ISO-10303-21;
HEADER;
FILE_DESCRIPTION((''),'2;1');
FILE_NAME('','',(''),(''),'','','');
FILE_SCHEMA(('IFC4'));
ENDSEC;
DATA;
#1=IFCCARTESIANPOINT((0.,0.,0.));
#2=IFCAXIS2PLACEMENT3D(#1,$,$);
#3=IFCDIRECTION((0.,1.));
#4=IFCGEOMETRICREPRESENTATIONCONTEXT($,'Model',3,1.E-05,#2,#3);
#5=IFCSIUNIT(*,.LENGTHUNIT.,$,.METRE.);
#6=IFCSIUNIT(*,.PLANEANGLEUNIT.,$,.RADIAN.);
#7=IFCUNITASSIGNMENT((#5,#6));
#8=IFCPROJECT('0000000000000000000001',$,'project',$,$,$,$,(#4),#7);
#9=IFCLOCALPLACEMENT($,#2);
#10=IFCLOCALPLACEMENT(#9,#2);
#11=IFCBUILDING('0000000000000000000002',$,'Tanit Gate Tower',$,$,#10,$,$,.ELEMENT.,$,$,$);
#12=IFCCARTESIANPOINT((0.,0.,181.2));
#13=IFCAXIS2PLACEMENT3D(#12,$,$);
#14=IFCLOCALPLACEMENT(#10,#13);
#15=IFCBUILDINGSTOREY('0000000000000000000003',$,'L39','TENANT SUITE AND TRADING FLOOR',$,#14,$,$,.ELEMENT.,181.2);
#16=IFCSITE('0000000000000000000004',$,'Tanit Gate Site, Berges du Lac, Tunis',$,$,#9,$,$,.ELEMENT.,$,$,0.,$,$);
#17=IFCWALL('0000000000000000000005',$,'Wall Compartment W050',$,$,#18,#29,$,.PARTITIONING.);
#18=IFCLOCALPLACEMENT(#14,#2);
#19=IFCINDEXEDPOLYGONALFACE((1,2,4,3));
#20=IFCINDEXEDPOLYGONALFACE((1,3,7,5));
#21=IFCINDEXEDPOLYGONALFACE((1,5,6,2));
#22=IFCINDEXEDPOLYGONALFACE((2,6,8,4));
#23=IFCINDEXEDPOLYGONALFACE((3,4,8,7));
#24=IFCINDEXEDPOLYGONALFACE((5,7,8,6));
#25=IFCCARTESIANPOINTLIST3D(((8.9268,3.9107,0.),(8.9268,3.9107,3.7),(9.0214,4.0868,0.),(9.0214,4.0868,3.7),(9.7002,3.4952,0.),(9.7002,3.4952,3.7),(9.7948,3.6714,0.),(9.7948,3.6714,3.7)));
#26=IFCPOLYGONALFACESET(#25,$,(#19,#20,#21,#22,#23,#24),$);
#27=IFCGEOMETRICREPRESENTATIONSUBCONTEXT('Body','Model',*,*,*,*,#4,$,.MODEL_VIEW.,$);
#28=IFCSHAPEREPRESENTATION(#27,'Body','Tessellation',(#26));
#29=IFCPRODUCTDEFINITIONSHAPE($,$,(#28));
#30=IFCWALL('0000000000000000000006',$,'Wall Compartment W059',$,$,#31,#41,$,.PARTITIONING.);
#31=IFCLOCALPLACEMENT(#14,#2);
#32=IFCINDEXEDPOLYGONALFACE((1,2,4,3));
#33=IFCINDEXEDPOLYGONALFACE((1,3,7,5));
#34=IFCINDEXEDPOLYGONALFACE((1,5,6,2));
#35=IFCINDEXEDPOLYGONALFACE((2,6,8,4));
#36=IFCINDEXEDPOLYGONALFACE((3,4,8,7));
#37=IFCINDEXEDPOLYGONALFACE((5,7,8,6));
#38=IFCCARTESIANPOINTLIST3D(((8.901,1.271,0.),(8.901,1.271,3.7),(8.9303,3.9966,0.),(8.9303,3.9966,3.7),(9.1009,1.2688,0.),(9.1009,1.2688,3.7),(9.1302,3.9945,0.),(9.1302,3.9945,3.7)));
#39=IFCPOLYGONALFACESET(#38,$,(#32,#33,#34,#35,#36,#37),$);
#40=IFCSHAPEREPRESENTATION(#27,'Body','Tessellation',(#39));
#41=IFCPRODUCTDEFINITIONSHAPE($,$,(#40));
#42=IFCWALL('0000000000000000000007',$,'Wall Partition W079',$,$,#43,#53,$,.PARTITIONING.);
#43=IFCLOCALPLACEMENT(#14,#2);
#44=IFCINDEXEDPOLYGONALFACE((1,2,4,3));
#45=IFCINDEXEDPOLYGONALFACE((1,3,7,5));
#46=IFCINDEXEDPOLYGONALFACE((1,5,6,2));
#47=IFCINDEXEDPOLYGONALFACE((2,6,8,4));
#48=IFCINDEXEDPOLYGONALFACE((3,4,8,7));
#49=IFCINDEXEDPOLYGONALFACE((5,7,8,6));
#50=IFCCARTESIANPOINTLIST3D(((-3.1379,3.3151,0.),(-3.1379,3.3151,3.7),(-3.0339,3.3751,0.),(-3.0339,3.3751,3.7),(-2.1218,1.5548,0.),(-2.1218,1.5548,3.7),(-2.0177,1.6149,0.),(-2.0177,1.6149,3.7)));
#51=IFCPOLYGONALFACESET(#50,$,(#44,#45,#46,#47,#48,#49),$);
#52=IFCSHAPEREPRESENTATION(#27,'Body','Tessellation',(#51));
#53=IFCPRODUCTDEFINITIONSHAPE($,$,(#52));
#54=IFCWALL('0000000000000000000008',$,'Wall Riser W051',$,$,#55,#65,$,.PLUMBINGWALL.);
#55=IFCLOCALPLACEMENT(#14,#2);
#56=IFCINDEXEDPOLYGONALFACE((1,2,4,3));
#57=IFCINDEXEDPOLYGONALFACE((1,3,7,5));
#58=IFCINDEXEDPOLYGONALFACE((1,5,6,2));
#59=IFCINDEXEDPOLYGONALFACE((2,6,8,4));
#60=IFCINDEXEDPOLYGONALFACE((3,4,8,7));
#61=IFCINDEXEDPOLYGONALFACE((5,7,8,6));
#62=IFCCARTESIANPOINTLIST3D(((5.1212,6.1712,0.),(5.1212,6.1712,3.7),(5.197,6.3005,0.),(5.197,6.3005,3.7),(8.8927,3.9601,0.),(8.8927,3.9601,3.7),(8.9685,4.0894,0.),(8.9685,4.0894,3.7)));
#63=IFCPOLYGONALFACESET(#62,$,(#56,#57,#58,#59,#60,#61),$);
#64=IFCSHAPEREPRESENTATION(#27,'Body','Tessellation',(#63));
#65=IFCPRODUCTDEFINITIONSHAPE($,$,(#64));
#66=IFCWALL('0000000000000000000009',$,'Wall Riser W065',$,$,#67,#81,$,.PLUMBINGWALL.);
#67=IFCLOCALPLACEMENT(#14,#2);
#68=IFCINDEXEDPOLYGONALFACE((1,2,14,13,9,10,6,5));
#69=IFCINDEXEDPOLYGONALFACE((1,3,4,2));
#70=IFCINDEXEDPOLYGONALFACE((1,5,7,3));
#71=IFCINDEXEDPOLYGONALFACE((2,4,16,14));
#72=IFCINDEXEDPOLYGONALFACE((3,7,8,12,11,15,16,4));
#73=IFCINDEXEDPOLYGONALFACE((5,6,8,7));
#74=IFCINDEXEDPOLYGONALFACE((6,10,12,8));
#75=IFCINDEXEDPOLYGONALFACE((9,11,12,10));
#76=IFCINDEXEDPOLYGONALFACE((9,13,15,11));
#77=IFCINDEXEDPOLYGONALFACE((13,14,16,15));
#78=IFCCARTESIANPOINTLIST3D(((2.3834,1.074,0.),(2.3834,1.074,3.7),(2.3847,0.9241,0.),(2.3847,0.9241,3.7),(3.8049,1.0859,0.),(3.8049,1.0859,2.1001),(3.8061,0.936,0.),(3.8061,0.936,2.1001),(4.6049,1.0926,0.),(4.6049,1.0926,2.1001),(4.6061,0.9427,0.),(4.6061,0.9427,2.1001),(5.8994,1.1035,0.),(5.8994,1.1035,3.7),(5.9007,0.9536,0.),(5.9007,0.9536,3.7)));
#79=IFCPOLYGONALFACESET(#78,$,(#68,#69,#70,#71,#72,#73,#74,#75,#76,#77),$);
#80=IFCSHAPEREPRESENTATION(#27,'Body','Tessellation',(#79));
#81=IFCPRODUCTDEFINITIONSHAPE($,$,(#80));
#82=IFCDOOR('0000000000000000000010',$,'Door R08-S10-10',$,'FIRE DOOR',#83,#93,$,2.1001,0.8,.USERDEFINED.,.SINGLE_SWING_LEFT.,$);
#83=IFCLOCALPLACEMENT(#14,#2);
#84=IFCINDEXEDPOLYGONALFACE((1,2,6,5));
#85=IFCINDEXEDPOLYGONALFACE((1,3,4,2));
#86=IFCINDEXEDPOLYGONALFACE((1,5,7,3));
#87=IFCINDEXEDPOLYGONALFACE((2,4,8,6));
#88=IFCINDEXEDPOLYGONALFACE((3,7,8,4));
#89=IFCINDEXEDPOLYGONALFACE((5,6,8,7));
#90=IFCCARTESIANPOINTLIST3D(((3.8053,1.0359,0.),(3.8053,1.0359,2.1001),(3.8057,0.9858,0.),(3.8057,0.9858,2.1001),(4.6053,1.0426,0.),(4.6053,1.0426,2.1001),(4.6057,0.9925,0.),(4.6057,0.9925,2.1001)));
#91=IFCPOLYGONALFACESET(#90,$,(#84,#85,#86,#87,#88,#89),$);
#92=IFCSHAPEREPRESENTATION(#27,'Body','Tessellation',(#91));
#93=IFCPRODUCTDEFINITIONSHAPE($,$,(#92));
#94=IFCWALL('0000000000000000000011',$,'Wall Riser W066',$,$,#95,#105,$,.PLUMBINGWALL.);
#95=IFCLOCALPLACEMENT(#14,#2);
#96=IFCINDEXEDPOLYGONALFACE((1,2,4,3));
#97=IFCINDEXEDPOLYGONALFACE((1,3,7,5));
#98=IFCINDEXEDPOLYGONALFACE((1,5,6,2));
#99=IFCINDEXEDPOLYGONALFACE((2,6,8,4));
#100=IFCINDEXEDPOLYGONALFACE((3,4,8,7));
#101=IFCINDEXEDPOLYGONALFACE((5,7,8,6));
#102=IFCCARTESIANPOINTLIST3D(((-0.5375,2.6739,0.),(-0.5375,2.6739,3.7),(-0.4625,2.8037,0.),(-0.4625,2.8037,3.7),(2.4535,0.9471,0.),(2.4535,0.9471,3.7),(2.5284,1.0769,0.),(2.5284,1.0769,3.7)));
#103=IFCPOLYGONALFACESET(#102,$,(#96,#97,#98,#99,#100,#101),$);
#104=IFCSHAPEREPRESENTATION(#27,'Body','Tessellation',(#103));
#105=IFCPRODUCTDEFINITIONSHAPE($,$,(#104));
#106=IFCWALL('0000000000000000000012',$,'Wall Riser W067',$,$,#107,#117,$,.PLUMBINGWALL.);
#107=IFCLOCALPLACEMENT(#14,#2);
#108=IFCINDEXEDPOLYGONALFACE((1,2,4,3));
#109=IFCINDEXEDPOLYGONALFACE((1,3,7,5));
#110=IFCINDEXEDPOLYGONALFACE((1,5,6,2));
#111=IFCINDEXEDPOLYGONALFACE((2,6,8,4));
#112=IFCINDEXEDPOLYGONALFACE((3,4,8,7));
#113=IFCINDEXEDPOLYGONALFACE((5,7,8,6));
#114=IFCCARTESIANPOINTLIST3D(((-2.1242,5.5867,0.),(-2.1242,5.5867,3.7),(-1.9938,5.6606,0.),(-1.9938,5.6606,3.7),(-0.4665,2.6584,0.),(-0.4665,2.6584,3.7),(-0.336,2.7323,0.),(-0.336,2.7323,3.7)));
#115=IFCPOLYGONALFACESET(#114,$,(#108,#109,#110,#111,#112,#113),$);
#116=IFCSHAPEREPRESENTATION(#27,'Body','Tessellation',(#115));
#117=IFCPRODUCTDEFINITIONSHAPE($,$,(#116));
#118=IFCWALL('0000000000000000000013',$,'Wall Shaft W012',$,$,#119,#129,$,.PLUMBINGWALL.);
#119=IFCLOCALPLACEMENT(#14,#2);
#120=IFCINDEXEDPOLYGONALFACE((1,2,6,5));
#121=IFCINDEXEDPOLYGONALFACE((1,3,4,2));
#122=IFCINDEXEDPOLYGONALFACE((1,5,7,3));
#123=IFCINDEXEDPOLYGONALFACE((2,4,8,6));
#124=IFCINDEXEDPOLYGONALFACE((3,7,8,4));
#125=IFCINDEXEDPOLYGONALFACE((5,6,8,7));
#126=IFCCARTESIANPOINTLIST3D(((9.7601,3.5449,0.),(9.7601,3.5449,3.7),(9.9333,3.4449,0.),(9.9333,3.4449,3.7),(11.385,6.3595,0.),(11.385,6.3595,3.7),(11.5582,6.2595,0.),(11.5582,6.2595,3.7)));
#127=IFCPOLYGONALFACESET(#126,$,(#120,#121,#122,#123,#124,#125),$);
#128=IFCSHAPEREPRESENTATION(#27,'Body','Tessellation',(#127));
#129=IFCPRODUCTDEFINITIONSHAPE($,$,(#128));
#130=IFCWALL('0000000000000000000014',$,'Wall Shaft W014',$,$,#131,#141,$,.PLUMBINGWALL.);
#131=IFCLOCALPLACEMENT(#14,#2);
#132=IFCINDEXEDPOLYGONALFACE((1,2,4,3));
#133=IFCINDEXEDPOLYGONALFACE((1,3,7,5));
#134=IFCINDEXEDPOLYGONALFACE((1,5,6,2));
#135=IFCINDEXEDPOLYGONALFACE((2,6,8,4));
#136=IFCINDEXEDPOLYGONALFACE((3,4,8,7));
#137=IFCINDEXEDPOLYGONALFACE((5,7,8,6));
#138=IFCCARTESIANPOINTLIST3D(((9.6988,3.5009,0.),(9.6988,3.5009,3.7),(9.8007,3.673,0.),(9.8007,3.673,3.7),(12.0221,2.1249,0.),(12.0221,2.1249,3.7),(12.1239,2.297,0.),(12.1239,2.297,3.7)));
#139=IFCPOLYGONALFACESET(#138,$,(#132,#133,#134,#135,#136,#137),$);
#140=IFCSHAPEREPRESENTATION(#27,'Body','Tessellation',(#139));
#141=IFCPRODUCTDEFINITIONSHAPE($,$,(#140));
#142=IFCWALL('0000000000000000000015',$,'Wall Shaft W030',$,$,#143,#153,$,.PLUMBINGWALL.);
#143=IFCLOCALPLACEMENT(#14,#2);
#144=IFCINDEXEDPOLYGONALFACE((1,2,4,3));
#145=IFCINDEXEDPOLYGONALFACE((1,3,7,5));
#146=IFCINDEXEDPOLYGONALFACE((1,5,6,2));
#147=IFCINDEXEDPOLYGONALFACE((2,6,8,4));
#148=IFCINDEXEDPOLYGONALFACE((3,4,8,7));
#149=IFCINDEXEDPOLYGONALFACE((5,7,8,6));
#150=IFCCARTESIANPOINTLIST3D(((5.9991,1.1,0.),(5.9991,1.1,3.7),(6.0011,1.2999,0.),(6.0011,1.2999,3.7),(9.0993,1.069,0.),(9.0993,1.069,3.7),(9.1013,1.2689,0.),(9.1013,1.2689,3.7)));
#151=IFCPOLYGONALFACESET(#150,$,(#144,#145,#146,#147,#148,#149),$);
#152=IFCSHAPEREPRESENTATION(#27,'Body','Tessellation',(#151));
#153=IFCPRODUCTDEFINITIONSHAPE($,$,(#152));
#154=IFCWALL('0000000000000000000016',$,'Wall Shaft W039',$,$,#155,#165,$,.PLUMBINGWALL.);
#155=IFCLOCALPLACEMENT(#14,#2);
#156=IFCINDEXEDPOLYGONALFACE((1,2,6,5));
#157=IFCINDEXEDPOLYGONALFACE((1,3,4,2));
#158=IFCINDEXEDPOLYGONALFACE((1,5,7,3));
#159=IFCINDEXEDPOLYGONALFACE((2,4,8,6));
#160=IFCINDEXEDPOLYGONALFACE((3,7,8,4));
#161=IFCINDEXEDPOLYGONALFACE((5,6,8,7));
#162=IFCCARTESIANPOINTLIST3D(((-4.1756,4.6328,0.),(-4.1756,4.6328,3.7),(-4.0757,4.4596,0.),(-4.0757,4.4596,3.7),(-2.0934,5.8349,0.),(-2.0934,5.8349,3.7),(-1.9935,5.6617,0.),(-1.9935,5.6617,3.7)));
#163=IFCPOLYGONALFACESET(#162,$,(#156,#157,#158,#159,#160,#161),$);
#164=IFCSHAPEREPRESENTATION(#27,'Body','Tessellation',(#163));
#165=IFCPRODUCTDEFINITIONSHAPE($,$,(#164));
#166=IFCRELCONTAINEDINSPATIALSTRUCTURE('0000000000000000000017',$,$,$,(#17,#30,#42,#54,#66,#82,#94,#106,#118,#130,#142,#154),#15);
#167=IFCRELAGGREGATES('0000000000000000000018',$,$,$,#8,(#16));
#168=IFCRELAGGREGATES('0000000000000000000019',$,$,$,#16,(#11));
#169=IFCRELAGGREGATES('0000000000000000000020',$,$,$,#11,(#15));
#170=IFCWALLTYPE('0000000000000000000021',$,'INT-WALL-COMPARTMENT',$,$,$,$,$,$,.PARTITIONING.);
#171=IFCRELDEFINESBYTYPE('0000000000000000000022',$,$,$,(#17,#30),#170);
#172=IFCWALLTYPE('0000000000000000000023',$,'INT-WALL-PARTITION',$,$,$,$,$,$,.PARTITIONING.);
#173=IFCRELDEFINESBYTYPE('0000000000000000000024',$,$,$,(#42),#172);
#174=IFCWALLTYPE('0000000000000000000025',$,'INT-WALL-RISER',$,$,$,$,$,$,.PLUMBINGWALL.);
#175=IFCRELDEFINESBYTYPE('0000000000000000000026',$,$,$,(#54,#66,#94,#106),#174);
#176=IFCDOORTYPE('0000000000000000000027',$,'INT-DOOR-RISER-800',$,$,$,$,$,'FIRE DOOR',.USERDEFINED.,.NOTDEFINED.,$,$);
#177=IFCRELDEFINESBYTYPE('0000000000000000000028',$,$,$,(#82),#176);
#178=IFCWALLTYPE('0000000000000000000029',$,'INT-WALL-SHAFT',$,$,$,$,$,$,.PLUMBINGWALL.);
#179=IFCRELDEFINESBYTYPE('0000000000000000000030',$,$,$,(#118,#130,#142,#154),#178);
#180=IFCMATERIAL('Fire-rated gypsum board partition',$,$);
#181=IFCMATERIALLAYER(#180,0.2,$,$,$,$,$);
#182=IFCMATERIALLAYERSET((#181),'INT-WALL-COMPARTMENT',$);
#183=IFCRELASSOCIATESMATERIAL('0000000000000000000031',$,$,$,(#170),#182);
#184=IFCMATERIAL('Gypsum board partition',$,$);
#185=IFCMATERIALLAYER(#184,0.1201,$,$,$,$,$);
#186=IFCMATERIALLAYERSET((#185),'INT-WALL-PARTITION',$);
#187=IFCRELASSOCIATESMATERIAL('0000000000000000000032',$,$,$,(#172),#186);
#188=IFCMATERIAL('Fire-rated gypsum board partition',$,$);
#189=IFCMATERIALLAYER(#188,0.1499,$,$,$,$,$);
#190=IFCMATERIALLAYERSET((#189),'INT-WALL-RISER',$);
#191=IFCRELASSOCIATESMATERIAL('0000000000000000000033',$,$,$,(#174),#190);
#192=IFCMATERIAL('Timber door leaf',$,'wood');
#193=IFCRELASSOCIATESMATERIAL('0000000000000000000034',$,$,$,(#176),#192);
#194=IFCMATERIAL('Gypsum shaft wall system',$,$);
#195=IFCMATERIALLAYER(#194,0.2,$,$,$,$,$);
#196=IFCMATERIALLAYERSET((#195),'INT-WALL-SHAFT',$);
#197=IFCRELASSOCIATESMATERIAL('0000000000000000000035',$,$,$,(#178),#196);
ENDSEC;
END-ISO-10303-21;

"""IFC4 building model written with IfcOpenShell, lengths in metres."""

from ifc_helpers import new_model, si_unit, direction, frame, frame_2d, origin, place, context, subcontext, project, spatial, rectangle, extrude, material, layer, layer_set, type_object, element, fill, save


model = new_model("IFC4")

# Units and contexts
model_context = context("Model", 3, precision=1e-05, world=origin(), true_north=direction((0.0, 1.0)))
body_context = subcontext(model_context, "Body", "Model", "MODEL_VIEW")
ifc_project = project(units=[si_unit("LENGTHUNIT", "METRE"), si_unit("PLANEANGLEUNIT", "RADIAN")], contexts=[model_context])

# Site, building, storey
site_placement = place(None, origin())
site = spatial("IfcSite", under=ifc_project, at=site_placement, Name="Tanit Gate Site, Berges du Lac, Tunis", CompositionType="ELEMENT", RefElevation=0.0)
building_placement = place(site_placement, origin())
building = spatial("IfcBuilding", under=site, at=building_placement, Name="Tanit Gate Tower", CompositionType="ELEMENT")
storey_placement = place(building_placement, frame((0.0, 0.0, 181.2)))
storey = spatial("IfcBuildingStorey", under=building, at=storey_placement, Name="L39", Description="TENANT SUITE AND TRADING FLOOR", CompositionType="ELEMENT", Elevation=181.2)

# Walls
ifc_material_1 = material(Name="Fire-rated gypsum board partition")
ifc_layer_1 = layer(ifc_material_1, 0.2)
ifc_layer_set_1 = layer_set([ifc_layer_1], Name="INT-WALL-COMPARTMENT")
wall_type_1 = type_object("IfcWallType", Name="INT-WALL-COMPARTMENT", PredefinedType="PARTITIONING", material=ifc_layer_set_1)
wall_1_placement = place(storey_placement, frame((8.9741, 3.9988, 0.0), z_axis=(0.0, 0.0, 1.0), x_axis=(0.880917, -0.473271, 0.0)))
element("IfcWall", 1, at=wall_1_placement, inside=storey, type_object=wall_type_1, Name="Wall Compartment W050", PredefinedType="PARTITIONING", context=body_context, shape_type="SweptSolid", body=[
    extrude(rectangle(XDim=0.8779, YDim=0.2, at=frame_2d((0.439, 0.0))), origin(), (0.0, 0.0, 1.0), 3.7),
])
wall_2_placement = place(storey_placement, frame((9.001, 1.27, 0.0), z_axis=(0.0, 0.0, 1.0), x_axis=(0.010748, 0.999942, 0.0)))
element("IfcWall", 2, at=wall_2_placement, inside=storey, type_object=wall_type_1, Name="Wall Compartment W059", PredefinedType="PARTITIONING", context=body_context, shape_type="SweptSolid", body=[
    extrude(rectangle(XDim=2.7258, YDim=0.2, at=frame_2d((1.3628, 0.0))), origin(), (0.0, 0.0, 1.0), 3.7),
])
ifc_material_2 = material(Name="Gypsum board partition")
ifc_layer_2 = layer(ifc_material_2, 0.1201)
ifc_layer_set_2 = layer_set([ifc_layer_2], Name="INT-WALL-PARTITION")
wall_type_2 = type_object("IfcWallType", Name="INT-WALL-PARTITION", PredefinedType="PARTITIONING", material=ifc_layer_set_2)
wall_3_placement = place(storey_placement, frame((-2.0698, 1.585, 0.0), z_axis=(0.0, 0.0, 1.0), x_axis=(-0.499937, 0.866062, 0.0)))
element("IfcWall", 3, at=wall_3_placement, inside=storey, type_object=wall_type_2, Name="Wall Partition W079", PredefinedType="PARTITIONING", context=body_context, shape_type="SweptSolid", body=[
    extrude(rectangle(XDim=2.0325, YDim=0.1201, at=frame_2d((1.0161, 0.0))), origin(), (0.0, 0.0, 1.0), 3.7),
])
ifc_material_3 = material(Name="Fire-rated gypsum board partition")
ifc_layer_3 = layer(ifc_material_3, 0.1499)
ifc_layer_set_3 = layer_set([ifc_layer_3], Name="INT-WALL-RISER")
wall_type_3 = type_object("IfcWallType", Name="INT-WALL-RISER", PredefinedType="PLUMBINGWALL", material=ifc_layer_set_3)
wall_4_placement = place(storey_placement, frame((8.9307, 4.0247, 0.0), z_axis=(0.0, 0.0, 1.0), x_axis=(-0.862667, 0.505773, 0.0)))
element("IfcWall", 4, at=wall_4_placement, inside=storey, type_object=wall_type_3, Name="Wall Riser W051", PredefinedType="PLUMBINGWALL", context=body_context, shape_type="SweptSolid", body=[
    extrude(rectangle(XDim=4.3718, YDim=0.1499, at=frame_2d((2.186, 0.0))), origin(), (0.0, 0.0, 1.0), 3.7),
])

# Wall, opening, door
wall_5_placement = place(storey_placement, frame((2.384, 0.999, 0.0), z_axis=(0.0, 0.0, 1.0), x_axis=(0.999965, 0.008402, 0.0)))
wall_5 = element("IfcWall", 5, at=wall_5_placement, inside=storey, type_object=wall_type_3, Name="Wall Riser W065", PredefinedType="PLUMBINGWALL", context=body_context, shape_type="SweptSolid", body=[
    extrude(rectangle(XDim=3.5161, YDim=0.1499, at=frame_2d((1.7581, 0.0))), origin(), (0.0, 0.0, 1.0), 3.7),
])
opening_1_placement = place(wall_5_placement, frame((1.4216, 0.0, 0.0)))
opening_1 = element("IfcOpeningElement", 6, at=opening_1_placement, cuts=wall_5, PredefinedType="OPENING", context=body_context, shape_type="SweptSolid", body=[
    extrude(rectangle(XDim=0.8, YDim=2.1001, at=frame_2d((0.3999, 1.05))), frame((0.0, 0.085, 0.0), z_axis=(0.0, -1.0, 0.0), x_axis=(1.0, 0.0, 0.0)), (0.0, 0.0, 1.0), 0.1699),
])
ifc_material_4 = material(Name="Timber door leaf", Category="wood")
door_type_1 = type_object("IfcDoorType", Name="INT-DOOR-RISER-800", ElementType="FIRE DOOR", OperationType="NOTDEFINED", PredefinedType="USERDEFINED", material=ifc_material_4)
door_1_placement = place(opening_1_placement, origin())
door_1 = element("IfcDoor", 7, at=door_1_placement, inside=storey, type_object=door_type_1, Name="Door R08-S10-10", ObjectType="FIRE DOOR", OperationType="SINGLE_SWING_LEFT", OverallHeight=2.1001, OverallWidth=0.8, PredefinedType="USERDEFINED", context=body_context, shape_type="SweptSolid", body=[
    extrude(rectangle(XDim=0.8, YDim=2.1001, at=frame_2d((0.3999, 1.05))), frame((0.0, 0.0249, 0.0), z_axis=(0.0, -1.0, 0.0), x_axis=(1.0, 0.0, 0.0)), (0.0, 0.0, 1.0), 0.05),
])
fill(opening_1, door_1)

# Walls
wall_6_placement = place(storey_placement, frame((-0.5, 2.7388, 0.0), z_axis=(0.0, 0.0, 1.0), x_axis=(0.866029, -0.499994, 0.0)))
element("IfcWall", 8, at=wall_6_placement, inside=storey, type_object=wall_type_3, Name="Wall Riser W066", PredefinedType="PLUMBINGWALL", context=body_context, shape_type="SweptSolid", body=[
    extrude(rectangle(XDim=3.4536, YDim=0.1499, at=frame_2d((1.7268, 0.0))), origin(), (0.0, 0.0, 1.0), 3.7),
])
wall_7_placement = place(storey_placement, frame((-2.0591, 5.6238, 0.0), z_axis=(0.0, 0.0, 1.0), x_axis=(0.49265, -0.870228, 0.0)))
element("IfcWall", 9, at=wall_7_placement, inside=storey, type_object=wall_type_3, Name="Wall Riser W067", PredefinedType="PLUMBINGWALL", context=body_context, shape_type="SweptSolid", body=[
    extrude(rectangle(XDim=3.365, YDim=0.1499, at=frame_2d((1.6826, 0.0))), origin(), (0.0, 0.0, 1.0), 3.7),
])
ifc_material_5 = material(Name="Gypsum shaft wall system")
ifc_layer_4 = layer(ifc_material_5, 0.2)
ifc_layer_set_4 = layer_set([ifc_layer_4], Name="INT-WALL-SHAFT")
wall_type_4 = type_object("IfcWallType", Name="INT-WALL-SHAFT", PredefinedType="PLUMBINGWALL", material=ifc_layer_set_4)
wall_8_placement = place(storey_placement, frame((9.8467, 3.4949, 0.0), z_axis=(0.0, 0.0, 1.0), x_axis=(0.499985, 0.866034, 0.0)))
element("IfcWall", 10, at=wall_8_placement, inside=storey, type_object=wall_type_4, Name="Wall Shaft W012", PredefinedType="PLUMBINGWALL", context=body_context, shape_type="SweptSolid", body=[
    extrude(rectangle(XDim=3.25, YDim=0.2, at=frame_2d((1.625, 0.0))), origin(), (0.0, 0.0, 1.0), 3.7),
])
wall_9_placement = place(storey_placement, frame((12.073, 2.2109, 0.0), z_axis=(0.0, 0.0, 1.0), x_axis=(-0.860415, 0.509594, 0.0)))
element("IfcWall", 11, at=wall_9_placement, inside=storey, type_object=wall_type_4, Name="Wall Shaft W014", PredefinedType="PLUMBINGWALL", context=body_context, shape_type="SweptSolid", body=[
    extrude(rectangle(XDim=2.7002, YDim=0.2, at=frame_2d((1.3501, 0.0))), origin(), (0.0, 0.0, 1.0), 3.7),
])

# Walls
wall_10_placement = place(storey_placement, frame((6.0, 1.2, 0.0), z_axis=(0.0, 0.0, 1.0), x_axis=(0.99995, -0.010001, 0.0)))
element("IfcWall", 12, at=wall_10_placement, inside=storey, type_object=wall_type_4, Name="Wall Shaft W030", PredefinedType="PLUMBINGWALL", context=body_context, shape_type="SweptSolid", body=[
    extrude(rectangle(XDim=3.1003, YDim=0.2, at=frame_2d((1.5503, 0.0))), origin(), (0.0, 0.0, 1.0), 3.7),
])
wall_11_placement = place(storey_placement, frame((-2.0435, 5.7483, 0.0), z_axis=(0.0, 0.0, 1.0), x_axis=(-0.866035, -0.499983, 0.0)))
element("IfcWall", 13, at=wall_11_placement, inside=storey, type_object=wall_type_4, Name="Wall Shaft W039", PredefinedType="PLUMBINGWALL", context=body_context, shape_type="SweptSolid", body=[
    extrude(rectangle(XDim=2.4043, YDim=0.2, at=frame_2d((1.2021, 0.0))), origin(), (0.0, 0.0, 1.0), 3.7),
])

save(model, "model.ifc")
